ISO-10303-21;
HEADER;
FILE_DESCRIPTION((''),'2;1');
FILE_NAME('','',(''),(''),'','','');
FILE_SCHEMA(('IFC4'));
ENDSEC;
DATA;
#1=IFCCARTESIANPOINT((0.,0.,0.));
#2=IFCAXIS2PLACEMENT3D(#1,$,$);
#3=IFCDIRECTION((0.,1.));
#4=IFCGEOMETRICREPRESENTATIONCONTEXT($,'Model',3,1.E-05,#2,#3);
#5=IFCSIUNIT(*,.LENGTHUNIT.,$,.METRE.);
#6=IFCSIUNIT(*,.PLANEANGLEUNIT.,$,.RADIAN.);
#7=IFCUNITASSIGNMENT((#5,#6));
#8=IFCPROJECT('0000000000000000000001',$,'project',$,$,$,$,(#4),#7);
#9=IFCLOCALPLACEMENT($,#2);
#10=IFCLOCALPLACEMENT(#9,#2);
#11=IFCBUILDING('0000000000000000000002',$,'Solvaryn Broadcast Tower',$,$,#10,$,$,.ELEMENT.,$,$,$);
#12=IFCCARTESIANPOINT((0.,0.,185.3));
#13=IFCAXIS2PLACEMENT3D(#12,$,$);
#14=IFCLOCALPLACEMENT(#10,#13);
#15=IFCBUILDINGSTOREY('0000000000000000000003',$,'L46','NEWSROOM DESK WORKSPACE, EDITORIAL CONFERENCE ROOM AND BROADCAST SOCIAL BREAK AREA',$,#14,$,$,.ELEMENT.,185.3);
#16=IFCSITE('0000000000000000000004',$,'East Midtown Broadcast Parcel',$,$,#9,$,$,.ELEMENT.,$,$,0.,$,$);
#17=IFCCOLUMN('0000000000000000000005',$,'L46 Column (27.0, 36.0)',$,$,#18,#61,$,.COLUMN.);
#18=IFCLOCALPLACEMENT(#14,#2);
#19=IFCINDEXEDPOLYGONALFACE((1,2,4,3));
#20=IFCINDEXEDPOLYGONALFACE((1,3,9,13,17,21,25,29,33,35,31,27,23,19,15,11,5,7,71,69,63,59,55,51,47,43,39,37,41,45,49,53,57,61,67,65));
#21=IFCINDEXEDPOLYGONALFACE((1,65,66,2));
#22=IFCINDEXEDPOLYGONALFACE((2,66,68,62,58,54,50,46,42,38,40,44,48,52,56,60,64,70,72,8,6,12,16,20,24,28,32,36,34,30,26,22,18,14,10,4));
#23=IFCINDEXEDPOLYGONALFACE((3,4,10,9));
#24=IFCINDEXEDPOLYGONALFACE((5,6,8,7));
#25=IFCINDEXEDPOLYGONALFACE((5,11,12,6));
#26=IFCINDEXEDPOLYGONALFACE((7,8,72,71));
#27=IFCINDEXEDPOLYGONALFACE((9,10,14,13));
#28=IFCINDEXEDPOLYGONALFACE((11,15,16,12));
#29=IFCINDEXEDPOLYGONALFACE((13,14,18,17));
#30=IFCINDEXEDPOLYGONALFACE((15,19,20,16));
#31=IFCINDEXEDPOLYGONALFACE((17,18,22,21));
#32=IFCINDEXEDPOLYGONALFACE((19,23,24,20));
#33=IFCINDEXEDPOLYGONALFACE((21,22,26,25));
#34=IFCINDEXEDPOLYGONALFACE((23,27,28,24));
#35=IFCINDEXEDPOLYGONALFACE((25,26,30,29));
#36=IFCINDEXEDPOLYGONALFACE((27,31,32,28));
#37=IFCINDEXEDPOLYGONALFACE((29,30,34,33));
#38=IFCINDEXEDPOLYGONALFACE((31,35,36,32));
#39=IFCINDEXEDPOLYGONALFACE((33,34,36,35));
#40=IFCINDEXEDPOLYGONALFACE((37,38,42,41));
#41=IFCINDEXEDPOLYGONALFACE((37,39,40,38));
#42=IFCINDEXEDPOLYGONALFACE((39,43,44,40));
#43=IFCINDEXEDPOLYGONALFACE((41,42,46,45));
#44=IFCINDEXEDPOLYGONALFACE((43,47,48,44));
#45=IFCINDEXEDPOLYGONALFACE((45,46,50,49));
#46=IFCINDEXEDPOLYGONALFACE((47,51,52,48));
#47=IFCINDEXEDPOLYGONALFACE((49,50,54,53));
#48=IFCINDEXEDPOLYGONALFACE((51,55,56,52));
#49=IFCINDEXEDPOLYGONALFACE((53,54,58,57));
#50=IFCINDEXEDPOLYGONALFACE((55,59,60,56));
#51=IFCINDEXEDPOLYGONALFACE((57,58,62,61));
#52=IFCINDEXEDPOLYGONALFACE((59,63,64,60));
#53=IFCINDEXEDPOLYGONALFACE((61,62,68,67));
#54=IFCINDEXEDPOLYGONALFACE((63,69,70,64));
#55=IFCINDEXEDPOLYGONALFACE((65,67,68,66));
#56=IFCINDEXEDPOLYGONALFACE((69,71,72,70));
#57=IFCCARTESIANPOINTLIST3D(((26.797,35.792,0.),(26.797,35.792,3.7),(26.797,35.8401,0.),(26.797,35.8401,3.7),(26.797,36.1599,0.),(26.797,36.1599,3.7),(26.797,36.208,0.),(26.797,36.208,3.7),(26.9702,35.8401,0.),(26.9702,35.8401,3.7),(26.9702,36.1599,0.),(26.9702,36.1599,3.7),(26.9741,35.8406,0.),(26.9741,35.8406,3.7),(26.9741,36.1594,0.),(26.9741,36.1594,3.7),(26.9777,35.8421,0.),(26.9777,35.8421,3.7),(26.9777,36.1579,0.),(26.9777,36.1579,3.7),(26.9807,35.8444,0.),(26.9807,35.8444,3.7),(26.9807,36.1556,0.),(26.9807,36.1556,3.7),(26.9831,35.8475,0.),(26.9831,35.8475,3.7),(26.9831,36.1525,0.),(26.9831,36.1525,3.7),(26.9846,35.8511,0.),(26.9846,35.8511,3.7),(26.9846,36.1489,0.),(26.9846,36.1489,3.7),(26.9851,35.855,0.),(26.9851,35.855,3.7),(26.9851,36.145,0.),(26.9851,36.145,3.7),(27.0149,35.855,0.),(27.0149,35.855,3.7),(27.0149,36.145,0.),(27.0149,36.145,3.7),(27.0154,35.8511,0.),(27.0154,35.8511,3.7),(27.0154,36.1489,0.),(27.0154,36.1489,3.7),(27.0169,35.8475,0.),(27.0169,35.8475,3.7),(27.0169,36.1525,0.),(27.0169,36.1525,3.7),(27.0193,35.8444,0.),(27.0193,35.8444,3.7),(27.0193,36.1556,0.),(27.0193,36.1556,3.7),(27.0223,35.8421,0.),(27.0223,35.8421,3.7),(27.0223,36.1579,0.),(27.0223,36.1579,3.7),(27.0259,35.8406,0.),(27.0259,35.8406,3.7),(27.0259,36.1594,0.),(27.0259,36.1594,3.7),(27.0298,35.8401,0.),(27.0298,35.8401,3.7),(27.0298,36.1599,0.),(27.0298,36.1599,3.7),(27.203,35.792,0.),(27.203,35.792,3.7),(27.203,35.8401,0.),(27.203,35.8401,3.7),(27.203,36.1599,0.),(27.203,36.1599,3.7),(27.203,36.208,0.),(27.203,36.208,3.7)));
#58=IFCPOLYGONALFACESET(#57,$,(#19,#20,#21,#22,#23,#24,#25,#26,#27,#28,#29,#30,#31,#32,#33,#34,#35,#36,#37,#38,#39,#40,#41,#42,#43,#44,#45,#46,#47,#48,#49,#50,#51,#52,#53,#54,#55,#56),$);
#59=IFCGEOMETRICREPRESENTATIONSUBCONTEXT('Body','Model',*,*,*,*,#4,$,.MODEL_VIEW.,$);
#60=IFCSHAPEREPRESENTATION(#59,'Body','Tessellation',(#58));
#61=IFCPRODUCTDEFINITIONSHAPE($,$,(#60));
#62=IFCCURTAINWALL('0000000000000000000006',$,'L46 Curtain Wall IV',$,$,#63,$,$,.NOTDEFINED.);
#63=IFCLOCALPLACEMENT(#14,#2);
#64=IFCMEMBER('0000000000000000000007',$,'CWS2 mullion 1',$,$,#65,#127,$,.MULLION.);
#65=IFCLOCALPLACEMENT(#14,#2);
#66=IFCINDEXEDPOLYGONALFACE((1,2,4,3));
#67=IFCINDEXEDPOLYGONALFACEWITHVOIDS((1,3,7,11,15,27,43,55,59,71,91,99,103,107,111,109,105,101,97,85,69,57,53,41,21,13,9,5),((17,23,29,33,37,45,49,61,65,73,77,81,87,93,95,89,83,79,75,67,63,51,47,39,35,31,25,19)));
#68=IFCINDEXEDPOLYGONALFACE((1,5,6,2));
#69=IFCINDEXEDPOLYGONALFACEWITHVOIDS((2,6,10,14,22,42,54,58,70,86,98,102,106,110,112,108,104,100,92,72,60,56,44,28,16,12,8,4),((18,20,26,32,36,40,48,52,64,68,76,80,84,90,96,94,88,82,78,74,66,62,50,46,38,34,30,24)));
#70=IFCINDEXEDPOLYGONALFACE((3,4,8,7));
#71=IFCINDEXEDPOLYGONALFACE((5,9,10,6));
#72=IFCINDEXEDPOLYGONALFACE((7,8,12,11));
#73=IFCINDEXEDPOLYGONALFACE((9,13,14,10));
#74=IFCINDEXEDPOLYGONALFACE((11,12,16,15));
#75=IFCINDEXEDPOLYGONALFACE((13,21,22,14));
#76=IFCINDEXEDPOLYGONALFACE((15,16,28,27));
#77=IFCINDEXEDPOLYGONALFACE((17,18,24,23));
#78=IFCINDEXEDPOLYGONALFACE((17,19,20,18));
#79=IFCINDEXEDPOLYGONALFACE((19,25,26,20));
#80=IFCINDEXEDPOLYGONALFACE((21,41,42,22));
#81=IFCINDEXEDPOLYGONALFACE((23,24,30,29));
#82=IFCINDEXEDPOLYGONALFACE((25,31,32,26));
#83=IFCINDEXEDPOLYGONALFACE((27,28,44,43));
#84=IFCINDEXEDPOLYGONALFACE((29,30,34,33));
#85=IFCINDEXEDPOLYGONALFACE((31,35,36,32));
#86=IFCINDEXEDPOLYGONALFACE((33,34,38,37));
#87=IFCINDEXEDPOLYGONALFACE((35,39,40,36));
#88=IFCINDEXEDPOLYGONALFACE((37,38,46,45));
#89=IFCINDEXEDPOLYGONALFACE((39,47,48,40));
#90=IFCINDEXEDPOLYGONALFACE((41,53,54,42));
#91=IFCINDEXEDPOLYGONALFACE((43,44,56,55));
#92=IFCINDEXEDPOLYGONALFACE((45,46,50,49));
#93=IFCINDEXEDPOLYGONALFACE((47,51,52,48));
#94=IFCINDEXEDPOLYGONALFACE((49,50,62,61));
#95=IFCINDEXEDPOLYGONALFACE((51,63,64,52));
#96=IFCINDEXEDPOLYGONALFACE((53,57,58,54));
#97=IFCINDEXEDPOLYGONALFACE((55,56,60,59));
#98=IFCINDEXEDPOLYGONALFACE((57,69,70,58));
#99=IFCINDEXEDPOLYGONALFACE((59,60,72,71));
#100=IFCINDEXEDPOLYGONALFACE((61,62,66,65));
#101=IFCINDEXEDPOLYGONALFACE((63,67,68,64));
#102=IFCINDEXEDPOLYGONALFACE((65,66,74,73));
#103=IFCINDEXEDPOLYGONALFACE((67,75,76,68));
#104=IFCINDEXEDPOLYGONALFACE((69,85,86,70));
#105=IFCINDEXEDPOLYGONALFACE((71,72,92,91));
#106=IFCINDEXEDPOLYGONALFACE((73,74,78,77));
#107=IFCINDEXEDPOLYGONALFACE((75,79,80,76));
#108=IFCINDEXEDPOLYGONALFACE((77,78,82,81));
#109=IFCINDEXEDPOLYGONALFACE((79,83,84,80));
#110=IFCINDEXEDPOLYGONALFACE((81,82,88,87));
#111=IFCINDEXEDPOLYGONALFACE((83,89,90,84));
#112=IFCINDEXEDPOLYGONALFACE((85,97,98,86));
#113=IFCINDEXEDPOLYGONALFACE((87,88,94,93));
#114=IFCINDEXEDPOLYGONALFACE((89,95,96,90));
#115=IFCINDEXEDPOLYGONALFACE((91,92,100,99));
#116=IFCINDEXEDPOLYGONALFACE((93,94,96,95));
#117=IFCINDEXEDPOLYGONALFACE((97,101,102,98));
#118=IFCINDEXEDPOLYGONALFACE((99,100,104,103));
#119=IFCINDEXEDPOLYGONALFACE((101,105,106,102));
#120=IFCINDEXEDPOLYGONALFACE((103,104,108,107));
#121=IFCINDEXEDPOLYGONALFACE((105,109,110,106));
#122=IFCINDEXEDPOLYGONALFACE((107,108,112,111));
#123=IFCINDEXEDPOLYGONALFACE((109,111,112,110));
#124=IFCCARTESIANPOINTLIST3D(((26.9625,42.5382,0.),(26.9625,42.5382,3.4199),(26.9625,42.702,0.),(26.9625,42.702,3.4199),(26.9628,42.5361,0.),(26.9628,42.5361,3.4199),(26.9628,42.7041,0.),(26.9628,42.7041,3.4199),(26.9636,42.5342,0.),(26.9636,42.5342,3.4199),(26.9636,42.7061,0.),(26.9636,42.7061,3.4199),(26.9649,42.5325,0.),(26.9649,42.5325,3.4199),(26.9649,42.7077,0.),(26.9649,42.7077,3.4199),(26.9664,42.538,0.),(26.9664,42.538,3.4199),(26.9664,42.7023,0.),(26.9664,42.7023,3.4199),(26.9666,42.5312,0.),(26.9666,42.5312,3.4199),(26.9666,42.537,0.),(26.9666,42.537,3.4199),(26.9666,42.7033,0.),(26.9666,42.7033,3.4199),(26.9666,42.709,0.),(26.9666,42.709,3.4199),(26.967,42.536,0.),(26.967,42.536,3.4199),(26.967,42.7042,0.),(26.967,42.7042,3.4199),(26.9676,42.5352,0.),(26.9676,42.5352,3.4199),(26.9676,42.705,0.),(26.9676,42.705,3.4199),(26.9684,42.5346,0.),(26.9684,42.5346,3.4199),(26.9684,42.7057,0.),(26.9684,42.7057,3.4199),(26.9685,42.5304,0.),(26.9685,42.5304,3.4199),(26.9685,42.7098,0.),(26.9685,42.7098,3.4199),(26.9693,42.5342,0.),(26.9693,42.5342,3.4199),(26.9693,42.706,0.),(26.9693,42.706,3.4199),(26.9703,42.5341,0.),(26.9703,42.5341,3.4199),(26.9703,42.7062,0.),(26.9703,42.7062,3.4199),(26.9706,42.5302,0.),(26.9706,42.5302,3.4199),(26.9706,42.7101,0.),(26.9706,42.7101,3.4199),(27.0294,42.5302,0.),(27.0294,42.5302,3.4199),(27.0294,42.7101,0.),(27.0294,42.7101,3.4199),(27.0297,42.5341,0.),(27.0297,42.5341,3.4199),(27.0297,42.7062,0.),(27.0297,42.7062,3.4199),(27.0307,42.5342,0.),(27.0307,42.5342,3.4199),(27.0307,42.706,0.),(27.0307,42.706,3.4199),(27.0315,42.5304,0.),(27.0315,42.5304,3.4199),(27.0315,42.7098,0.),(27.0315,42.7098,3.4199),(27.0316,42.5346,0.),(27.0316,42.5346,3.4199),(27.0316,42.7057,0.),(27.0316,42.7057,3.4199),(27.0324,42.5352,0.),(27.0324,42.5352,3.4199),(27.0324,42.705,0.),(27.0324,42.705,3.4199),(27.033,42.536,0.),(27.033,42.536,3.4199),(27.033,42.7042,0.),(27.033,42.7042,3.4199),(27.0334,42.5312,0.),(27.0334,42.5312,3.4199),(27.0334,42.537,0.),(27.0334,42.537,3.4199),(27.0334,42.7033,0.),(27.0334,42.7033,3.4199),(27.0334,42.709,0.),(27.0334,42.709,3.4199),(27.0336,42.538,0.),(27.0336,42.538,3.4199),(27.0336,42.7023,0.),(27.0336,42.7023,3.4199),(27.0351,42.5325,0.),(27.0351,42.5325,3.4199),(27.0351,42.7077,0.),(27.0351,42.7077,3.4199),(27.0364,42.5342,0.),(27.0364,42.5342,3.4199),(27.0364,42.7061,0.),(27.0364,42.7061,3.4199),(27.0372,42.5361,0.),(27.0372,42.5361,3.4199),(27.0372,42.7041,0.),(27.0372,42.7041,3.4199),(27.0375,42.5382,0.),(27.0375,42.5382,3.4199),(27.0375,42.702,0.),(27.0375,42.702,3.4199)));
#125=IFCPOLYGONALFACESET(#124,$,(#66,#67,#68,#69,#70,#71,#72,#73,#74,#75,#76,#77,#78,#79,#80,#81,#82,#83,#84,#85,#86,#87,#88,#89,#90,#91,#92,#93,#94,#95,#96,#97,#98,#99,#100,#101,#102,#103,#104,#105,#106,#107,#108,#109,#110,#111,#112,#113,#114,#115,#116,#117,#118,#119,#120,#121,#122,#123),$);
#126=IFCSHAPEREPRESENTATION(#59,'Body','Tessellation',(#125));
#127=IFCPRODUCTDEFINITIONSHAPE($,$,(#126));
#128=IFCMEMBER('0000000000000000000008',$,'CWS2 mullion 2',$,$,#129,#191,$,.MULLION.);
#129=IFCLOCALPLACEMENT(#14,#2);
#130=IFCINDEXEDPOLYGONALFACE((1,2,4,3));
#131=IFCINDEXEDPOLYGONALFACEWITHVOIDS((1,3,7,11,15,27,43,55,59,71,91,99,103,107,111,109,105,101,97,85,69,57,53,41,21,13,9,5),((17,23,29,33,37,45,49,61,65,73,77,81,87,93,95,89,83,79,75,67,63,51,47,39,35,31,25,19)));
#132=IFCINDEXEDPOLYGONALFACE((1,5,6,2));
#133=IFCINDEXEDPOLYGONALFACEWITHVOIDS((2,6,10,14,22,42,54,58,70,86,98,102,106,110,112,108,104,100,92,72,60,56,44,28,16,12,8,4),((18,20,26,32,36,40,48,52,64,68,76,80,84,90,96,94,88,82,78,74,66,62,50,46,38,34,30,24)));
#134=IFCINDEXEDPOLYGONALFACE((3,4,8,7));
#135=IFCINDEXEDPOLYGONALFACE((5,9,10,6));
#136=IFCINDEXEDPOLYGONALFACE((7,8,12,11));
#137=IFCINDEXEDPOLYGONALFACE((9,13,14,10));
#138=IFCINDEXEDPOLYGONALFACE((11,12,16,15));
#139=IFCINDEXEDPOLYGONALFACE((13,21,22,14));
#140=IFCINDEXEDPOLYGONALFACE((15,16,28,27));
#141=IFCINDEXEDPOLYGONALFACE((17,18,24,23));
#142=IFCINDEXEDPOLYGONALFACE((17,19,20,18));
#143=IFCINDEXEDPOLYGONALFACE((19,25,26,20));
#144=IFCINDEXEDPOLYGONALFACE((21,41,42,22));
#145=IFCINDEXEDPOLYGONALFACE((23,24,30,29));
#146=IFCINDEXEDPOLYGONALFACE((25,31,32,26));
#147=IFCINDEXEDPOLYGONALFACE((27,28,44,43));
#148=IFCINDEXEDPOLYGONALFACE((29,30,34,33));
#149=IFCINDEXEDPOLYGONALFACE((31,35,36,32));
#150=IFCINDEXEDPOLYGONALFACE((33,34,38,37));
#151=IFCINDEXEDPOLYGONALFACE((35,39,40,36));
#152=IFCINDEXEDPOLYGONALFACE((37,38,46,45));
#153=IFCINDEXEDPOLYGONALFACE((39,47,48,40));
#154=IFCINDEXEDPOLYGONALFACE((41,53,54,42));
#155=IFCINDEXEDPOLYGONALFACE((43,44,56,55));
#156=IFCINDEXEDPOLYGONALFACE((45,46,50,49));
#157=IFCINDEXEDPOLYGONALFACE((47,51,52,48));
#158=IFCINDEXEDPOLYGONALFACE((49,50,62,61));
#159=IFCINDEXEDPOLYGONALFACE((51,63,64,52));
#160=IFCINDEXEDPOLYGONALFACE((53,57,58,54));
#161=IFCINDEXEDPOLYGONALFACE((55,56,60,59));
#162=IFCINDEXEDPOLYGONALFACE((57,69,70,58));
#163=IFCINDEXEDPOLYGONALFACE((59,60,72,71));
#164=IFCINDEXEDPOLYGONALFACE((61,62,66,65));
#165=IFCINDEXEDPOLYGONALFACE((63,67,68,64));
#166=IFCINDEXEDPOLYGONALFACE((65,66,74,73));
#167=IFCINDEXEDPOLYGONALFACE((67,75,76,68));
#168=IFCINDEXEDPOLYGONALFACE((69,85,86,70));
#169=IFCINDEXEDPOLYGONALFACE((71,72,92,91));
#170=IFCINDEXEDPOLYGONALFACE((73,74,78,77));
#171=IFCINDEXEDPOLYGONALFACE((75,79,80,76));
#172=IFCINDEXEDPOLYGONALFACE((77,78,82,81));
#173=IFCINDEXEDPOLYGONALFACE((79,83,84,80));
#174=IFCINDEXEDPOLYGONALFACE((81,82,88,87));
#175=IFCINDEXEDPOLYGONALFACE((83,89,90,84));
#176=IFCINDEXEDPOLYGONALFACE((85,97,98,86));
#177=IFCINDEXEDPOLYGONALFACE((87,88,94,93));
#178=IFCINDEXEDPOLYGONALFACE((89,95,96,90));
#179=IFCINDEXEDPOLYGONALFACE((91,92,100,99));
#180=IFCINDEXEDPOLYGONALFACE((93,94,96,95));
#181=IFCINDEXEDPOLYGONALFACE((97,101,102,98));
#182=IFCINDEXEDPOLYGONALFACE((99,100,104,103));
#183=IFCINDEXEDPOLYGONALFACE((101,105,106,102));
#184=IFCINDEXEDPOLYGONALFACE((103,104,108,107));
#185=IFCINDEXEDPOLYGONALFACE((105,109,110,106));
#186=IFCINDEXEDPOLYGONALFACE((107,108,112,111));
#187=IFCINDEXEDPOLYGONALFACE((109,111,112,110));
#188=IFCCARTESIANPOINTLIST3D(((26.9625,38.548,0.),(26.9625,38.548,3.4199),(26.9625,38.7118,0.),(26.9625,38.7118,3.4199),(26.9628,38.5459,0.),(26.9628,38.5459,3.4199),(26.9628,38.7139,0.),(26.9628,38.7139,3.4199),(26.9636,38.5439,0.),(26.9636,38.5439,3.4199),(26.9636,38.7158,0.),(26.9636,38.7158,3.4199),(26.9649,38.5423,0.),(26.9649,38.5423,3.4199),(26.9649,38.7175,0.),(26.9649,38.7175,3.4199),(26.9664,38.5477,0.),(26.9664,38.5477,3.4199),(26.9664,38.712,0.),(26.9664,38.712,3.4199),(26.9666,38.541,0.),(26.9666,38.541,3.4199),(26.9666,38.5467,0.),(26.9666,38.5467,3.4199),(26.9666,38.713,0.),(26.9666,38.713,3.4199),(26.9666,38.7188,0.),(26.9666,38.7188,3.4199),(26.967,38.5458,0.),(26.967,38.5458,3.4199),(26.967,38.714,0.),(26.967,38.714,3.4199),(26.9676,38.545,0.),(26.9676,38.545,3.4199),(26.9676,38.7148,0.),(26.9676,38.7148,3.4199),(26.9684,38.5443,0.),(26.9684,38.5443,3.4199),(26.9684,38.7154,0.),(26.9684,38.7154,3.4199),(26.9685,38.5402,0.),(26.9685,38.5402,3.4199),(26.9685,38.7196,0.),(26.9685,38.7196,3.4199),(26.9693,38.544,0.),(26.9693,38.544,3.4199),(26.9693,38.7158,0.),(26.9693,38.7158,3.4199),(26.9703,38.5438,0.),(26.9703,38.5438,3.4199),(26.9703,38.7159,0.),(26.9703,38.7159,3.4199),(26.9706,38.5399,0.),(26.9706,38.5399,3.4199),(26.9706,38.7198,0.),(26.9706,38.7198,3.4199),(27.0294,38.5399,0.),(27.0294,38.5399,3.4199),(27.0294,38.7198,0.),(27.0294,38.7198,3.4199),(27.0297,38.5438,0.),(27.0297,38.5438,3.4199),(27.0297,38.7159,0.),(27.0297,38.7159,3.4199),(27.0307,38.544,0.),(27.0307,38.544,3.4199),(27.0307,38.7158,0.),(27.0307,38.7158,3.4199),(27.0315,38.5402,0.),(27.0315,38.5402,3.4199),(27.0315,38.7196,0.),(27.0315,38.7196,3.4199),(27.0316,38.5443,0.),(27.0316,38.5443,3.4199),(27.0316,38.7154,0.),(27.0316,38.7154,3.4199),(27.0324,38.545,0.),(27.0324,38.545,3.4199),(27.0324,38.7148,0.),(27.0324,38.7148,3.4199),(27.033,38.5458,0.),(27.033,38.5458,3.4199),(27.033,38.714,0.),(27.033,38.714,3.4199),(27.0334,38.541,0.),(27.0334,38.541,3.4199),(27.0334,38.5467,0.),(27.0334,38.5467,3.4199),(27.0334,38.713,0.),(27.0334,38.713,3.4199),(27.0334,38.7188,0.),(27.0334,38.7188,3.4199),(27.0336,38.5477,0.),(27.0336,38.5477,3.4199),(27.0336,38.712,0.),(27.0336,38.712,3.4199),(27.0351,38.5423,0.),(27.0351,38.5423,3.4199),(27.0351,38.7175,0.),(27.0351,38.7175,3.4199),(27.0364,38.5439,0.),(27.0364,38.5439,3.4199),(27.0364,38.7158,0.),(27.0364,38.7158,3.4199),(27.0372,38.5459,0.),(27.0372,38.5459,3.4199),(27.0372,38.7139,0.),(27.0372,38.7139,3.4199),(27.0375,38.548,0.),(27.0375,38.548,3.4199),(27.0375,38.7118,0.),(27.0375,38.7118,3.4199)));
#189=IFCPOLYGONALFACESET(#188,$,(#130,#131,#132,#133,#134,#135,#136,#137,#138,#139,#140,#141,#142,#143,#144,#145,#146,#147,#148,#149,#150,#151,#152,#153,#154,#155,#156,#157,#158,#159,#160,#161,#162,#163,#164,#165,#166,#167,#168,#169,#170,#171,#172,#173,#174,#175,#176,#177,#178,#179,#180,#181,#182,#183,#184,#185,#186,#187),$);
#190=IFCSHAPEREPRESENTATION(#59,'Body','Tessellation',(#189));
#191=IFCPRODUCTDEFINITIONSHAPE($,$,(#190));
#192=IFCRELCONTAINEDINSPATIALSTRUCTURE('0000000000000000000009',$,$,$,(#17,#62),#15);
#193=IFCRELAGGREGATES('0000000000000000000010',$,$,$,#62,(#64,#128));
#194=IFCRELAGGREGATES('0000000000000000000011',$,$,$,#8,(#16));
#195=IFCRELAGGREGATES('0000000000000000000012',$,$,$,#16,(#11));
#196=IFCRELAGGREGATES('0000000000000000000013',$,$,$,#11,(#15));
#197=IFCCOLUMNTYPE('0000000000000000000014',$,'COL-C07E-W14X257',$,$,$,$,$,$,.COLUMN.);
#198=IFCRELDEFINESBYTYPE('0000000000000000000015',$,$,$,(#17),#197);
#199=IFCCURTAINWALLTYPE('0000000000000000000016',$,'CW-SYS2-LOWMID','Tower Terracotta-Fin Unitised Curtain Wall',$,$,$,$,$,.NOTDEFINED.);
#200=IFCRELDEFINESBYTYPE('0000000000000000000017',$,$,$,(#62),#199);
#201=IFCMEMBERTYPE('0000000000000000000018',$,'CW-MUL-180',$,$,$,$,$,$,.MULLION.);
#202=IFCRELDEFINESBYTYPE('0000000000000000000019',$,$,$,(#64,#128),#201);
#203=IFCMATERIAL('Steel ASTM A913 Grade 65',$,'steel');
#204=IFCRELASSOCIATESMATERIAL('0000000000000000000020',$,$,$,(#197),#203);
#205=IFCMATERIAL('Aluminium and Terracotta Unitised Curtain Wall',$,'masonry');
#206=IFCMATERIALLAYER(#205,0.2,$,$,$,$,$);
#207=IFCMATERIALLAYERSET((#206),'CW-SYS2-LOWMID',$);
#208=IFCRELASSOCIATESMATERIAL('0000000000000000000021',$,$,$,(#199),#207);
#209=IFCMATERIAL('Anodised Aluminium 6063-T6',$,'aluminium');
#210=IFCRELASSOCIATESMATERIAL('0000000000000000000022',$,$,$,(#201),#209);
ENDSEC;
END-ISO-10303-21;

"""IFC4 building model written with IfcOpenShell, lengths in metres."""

from ifc_helpers import new_model, si_unit, direction, frame, origin, origin_2d, place, context, subcontext, project, spatial, hollow_rectangle, i_section, extrude, material, layer, layer_set, material_profile, profile_set, type_object, element, aggregate, save


model = new_model("IFC4")

# Units and contexts
model_context = context("Model", 3, precision=1e-05, world=origin(), true_north=direction((0.0, 1.0)))
body_context = subcontext(model_context, "Body", "Model", "MODEL_VIEW")
ifc_project = project(units=[si_unit("LENGTHUNIT", "METRE"), si_unit("PLANEANGLEUNIT", "RADIAN")], contexts=[model_context])

# Site, building, storey
site_placement = place(None, origin())
site = spatial("IfcSite", under=ifc_project, at=site_placement, Name="East Midtown Broadcast Parcel", CompositionType="ELEMENT", RefElevation=0.0)
building_placement = place(site_placement, origin())
building = spatial("IfcBuilding", under=site, at=building_placement, Name="Solvaryn Broadcast Tower", CompositionType="ELEMENT")
storey_placement = place(building_placement, frame((0.0, 0.0, 185.3)))
storey = spatial("IfcBuildingStorey", under=building, at=storey_placement, Name="L46", Description="NEWSROOM DESK WORKSPACE, EDITORIAL CONFERENCE ROOM AND BROADCAST SOCIAL BREAK AREA", CompositionType="ELEMENT", Elevation=185.3)

# Column
ifc_material_1 = material(Name="Steel ASTM A913 Grade 65", Category="steel")
ifc_material_profile_1 = material_profile(ifc_material_1, i_section(OverallWidth=0.406, OverallDepth=0.416, WebThickness=0.0298, FlangeThickness=0.0481, FilletRadius=0.0149, at=origin_2d()))
ifc_profile_set_1 = profile_set([ifc_material_profile_1], Name="Steel ASTM A913 Grade 65")
column_type = type_object("IfcColumnType", Name="COL-C07E-W14X257", PredefinedType="COLUMN", material=ifc_profile_set_1)
column_placement = place(storey_placement, frame((27.0, 36.0, 0.0), z_axis=(0.0, 0.0, 1.0), x_axis=(1.0, 0.0, 0.0)))
element("IfcColumn", 1, at=column_placement, inside=storey, type_object=column_type, Name="L46 Column (27.0, 36.0)", PredefinedType="COLUMN", context=body_context, shape_type="SweptSolid", body=[
    extrude(i_section(OverallWidth=0.406, OverallDepth=0.416, WebThickness=0.0298, FlangeThickness=0.0481, FilletRadius=0.0149, at=origin_2d()), origin(), (0.0, 0.0, 1.0), 3.7),
])

# Curtain wall, members
ifc_material_2 = material(Name="Aluminium and Terracotta Unitised Curtain Wall", Category="masonry")
ifc_layer_1 = layer(ifc_material_2, 0.2)
ifc_layer_set_1 = layer_set([ifc_layer_1], Name="CW-SYS2-LOWMID")
curtain_wall_type = type_object("IfcCurtainWallType", Name="CW-SYS2-LOWMID", Description="Tower Terracotta-Fin Unitised Curtain Wall", PredefinedType="NOTDEFINED", material=ifc_layer_set_1)
curtain_wall_1_placement = place(storey_placement, origin())
curtain_wall_1 = element("IfcCurtainWall", 2, at=curtain_wall_1_placement, inside=storey, type_object=curtain_wall_type, Name="L46 Curtain Wall IV", PredefinedType="NOTDEFINED")
ifc_material_3 = material(Name="Anodised Aluminium 6063-T6", Category="aluminium")
ifc_material_profile_2 = material_profile(ifc_material_3, hollow_rectangle(XDim=0.075, YDim=0.1799, WallThickness=0.0039, InnerFilletRadius=0.0039, OuterFilletRadius=0.0081, at=origin_2d()))
ifc_profile_set_2 = profile_set([ifc_material_profile_2], Name="Anodised Aluminium 6063-T6")
member_type_1 = type_object("IfcMemberType", Name="CW-MUL-180", PredefinedType="MULLION", material=ifc_profile_set_2)
member_1_placement = place(storey_placement, frame((27.0, 42.6201, 0.0), z_axis=(0.0, 0.0, 1.0), x_axis=(1.0, 0.0, 0.0)))
member_1 = element("IfcMember", 3, at=member_1_placement, type_object=member_type_1, Name="CWS2 mullion 1", PredefinedType="MULLION", context=body_context, shape_type="SweptSolid", body=[
    extrude(hollow_rectangle(XDim=0.075, YDim=0.1799, WallThickness=0.0039, InnerFilletRadius=0.0039, OuterFilletRadius=0.0081, at=origin_2d()), origin(), (0.0, 0.0, 1.0), 3.4199),
])
member_2_placement = place(storey_placement, frame((27.0, 38.6299, 0.0), z_axis=(0.0, 0.0, 1.0), x_axis=(1.0, 0.0, 0.0)))
member_2 = element("IfcMember", 4, at=member_2_placement, type_object=member_type_1, Name="CWS2 mullion 2", PredefinedType="MULLION", context=body_context, shape_type="SweptSolid", body=[
    extrude(hollow_rectangle(XDim=0.075, YDim=0.1799, WallThickness=0.0039, InnerFilletRadius=0.0039, OuterFilletRadius=0.0081, at=origin_2d()), origin(), (0.0, 0.0, 1.0), 3.4199),
])

aggregate(curtain_wall_1, [member_1, member_2])

save(model, "model.ifc")
